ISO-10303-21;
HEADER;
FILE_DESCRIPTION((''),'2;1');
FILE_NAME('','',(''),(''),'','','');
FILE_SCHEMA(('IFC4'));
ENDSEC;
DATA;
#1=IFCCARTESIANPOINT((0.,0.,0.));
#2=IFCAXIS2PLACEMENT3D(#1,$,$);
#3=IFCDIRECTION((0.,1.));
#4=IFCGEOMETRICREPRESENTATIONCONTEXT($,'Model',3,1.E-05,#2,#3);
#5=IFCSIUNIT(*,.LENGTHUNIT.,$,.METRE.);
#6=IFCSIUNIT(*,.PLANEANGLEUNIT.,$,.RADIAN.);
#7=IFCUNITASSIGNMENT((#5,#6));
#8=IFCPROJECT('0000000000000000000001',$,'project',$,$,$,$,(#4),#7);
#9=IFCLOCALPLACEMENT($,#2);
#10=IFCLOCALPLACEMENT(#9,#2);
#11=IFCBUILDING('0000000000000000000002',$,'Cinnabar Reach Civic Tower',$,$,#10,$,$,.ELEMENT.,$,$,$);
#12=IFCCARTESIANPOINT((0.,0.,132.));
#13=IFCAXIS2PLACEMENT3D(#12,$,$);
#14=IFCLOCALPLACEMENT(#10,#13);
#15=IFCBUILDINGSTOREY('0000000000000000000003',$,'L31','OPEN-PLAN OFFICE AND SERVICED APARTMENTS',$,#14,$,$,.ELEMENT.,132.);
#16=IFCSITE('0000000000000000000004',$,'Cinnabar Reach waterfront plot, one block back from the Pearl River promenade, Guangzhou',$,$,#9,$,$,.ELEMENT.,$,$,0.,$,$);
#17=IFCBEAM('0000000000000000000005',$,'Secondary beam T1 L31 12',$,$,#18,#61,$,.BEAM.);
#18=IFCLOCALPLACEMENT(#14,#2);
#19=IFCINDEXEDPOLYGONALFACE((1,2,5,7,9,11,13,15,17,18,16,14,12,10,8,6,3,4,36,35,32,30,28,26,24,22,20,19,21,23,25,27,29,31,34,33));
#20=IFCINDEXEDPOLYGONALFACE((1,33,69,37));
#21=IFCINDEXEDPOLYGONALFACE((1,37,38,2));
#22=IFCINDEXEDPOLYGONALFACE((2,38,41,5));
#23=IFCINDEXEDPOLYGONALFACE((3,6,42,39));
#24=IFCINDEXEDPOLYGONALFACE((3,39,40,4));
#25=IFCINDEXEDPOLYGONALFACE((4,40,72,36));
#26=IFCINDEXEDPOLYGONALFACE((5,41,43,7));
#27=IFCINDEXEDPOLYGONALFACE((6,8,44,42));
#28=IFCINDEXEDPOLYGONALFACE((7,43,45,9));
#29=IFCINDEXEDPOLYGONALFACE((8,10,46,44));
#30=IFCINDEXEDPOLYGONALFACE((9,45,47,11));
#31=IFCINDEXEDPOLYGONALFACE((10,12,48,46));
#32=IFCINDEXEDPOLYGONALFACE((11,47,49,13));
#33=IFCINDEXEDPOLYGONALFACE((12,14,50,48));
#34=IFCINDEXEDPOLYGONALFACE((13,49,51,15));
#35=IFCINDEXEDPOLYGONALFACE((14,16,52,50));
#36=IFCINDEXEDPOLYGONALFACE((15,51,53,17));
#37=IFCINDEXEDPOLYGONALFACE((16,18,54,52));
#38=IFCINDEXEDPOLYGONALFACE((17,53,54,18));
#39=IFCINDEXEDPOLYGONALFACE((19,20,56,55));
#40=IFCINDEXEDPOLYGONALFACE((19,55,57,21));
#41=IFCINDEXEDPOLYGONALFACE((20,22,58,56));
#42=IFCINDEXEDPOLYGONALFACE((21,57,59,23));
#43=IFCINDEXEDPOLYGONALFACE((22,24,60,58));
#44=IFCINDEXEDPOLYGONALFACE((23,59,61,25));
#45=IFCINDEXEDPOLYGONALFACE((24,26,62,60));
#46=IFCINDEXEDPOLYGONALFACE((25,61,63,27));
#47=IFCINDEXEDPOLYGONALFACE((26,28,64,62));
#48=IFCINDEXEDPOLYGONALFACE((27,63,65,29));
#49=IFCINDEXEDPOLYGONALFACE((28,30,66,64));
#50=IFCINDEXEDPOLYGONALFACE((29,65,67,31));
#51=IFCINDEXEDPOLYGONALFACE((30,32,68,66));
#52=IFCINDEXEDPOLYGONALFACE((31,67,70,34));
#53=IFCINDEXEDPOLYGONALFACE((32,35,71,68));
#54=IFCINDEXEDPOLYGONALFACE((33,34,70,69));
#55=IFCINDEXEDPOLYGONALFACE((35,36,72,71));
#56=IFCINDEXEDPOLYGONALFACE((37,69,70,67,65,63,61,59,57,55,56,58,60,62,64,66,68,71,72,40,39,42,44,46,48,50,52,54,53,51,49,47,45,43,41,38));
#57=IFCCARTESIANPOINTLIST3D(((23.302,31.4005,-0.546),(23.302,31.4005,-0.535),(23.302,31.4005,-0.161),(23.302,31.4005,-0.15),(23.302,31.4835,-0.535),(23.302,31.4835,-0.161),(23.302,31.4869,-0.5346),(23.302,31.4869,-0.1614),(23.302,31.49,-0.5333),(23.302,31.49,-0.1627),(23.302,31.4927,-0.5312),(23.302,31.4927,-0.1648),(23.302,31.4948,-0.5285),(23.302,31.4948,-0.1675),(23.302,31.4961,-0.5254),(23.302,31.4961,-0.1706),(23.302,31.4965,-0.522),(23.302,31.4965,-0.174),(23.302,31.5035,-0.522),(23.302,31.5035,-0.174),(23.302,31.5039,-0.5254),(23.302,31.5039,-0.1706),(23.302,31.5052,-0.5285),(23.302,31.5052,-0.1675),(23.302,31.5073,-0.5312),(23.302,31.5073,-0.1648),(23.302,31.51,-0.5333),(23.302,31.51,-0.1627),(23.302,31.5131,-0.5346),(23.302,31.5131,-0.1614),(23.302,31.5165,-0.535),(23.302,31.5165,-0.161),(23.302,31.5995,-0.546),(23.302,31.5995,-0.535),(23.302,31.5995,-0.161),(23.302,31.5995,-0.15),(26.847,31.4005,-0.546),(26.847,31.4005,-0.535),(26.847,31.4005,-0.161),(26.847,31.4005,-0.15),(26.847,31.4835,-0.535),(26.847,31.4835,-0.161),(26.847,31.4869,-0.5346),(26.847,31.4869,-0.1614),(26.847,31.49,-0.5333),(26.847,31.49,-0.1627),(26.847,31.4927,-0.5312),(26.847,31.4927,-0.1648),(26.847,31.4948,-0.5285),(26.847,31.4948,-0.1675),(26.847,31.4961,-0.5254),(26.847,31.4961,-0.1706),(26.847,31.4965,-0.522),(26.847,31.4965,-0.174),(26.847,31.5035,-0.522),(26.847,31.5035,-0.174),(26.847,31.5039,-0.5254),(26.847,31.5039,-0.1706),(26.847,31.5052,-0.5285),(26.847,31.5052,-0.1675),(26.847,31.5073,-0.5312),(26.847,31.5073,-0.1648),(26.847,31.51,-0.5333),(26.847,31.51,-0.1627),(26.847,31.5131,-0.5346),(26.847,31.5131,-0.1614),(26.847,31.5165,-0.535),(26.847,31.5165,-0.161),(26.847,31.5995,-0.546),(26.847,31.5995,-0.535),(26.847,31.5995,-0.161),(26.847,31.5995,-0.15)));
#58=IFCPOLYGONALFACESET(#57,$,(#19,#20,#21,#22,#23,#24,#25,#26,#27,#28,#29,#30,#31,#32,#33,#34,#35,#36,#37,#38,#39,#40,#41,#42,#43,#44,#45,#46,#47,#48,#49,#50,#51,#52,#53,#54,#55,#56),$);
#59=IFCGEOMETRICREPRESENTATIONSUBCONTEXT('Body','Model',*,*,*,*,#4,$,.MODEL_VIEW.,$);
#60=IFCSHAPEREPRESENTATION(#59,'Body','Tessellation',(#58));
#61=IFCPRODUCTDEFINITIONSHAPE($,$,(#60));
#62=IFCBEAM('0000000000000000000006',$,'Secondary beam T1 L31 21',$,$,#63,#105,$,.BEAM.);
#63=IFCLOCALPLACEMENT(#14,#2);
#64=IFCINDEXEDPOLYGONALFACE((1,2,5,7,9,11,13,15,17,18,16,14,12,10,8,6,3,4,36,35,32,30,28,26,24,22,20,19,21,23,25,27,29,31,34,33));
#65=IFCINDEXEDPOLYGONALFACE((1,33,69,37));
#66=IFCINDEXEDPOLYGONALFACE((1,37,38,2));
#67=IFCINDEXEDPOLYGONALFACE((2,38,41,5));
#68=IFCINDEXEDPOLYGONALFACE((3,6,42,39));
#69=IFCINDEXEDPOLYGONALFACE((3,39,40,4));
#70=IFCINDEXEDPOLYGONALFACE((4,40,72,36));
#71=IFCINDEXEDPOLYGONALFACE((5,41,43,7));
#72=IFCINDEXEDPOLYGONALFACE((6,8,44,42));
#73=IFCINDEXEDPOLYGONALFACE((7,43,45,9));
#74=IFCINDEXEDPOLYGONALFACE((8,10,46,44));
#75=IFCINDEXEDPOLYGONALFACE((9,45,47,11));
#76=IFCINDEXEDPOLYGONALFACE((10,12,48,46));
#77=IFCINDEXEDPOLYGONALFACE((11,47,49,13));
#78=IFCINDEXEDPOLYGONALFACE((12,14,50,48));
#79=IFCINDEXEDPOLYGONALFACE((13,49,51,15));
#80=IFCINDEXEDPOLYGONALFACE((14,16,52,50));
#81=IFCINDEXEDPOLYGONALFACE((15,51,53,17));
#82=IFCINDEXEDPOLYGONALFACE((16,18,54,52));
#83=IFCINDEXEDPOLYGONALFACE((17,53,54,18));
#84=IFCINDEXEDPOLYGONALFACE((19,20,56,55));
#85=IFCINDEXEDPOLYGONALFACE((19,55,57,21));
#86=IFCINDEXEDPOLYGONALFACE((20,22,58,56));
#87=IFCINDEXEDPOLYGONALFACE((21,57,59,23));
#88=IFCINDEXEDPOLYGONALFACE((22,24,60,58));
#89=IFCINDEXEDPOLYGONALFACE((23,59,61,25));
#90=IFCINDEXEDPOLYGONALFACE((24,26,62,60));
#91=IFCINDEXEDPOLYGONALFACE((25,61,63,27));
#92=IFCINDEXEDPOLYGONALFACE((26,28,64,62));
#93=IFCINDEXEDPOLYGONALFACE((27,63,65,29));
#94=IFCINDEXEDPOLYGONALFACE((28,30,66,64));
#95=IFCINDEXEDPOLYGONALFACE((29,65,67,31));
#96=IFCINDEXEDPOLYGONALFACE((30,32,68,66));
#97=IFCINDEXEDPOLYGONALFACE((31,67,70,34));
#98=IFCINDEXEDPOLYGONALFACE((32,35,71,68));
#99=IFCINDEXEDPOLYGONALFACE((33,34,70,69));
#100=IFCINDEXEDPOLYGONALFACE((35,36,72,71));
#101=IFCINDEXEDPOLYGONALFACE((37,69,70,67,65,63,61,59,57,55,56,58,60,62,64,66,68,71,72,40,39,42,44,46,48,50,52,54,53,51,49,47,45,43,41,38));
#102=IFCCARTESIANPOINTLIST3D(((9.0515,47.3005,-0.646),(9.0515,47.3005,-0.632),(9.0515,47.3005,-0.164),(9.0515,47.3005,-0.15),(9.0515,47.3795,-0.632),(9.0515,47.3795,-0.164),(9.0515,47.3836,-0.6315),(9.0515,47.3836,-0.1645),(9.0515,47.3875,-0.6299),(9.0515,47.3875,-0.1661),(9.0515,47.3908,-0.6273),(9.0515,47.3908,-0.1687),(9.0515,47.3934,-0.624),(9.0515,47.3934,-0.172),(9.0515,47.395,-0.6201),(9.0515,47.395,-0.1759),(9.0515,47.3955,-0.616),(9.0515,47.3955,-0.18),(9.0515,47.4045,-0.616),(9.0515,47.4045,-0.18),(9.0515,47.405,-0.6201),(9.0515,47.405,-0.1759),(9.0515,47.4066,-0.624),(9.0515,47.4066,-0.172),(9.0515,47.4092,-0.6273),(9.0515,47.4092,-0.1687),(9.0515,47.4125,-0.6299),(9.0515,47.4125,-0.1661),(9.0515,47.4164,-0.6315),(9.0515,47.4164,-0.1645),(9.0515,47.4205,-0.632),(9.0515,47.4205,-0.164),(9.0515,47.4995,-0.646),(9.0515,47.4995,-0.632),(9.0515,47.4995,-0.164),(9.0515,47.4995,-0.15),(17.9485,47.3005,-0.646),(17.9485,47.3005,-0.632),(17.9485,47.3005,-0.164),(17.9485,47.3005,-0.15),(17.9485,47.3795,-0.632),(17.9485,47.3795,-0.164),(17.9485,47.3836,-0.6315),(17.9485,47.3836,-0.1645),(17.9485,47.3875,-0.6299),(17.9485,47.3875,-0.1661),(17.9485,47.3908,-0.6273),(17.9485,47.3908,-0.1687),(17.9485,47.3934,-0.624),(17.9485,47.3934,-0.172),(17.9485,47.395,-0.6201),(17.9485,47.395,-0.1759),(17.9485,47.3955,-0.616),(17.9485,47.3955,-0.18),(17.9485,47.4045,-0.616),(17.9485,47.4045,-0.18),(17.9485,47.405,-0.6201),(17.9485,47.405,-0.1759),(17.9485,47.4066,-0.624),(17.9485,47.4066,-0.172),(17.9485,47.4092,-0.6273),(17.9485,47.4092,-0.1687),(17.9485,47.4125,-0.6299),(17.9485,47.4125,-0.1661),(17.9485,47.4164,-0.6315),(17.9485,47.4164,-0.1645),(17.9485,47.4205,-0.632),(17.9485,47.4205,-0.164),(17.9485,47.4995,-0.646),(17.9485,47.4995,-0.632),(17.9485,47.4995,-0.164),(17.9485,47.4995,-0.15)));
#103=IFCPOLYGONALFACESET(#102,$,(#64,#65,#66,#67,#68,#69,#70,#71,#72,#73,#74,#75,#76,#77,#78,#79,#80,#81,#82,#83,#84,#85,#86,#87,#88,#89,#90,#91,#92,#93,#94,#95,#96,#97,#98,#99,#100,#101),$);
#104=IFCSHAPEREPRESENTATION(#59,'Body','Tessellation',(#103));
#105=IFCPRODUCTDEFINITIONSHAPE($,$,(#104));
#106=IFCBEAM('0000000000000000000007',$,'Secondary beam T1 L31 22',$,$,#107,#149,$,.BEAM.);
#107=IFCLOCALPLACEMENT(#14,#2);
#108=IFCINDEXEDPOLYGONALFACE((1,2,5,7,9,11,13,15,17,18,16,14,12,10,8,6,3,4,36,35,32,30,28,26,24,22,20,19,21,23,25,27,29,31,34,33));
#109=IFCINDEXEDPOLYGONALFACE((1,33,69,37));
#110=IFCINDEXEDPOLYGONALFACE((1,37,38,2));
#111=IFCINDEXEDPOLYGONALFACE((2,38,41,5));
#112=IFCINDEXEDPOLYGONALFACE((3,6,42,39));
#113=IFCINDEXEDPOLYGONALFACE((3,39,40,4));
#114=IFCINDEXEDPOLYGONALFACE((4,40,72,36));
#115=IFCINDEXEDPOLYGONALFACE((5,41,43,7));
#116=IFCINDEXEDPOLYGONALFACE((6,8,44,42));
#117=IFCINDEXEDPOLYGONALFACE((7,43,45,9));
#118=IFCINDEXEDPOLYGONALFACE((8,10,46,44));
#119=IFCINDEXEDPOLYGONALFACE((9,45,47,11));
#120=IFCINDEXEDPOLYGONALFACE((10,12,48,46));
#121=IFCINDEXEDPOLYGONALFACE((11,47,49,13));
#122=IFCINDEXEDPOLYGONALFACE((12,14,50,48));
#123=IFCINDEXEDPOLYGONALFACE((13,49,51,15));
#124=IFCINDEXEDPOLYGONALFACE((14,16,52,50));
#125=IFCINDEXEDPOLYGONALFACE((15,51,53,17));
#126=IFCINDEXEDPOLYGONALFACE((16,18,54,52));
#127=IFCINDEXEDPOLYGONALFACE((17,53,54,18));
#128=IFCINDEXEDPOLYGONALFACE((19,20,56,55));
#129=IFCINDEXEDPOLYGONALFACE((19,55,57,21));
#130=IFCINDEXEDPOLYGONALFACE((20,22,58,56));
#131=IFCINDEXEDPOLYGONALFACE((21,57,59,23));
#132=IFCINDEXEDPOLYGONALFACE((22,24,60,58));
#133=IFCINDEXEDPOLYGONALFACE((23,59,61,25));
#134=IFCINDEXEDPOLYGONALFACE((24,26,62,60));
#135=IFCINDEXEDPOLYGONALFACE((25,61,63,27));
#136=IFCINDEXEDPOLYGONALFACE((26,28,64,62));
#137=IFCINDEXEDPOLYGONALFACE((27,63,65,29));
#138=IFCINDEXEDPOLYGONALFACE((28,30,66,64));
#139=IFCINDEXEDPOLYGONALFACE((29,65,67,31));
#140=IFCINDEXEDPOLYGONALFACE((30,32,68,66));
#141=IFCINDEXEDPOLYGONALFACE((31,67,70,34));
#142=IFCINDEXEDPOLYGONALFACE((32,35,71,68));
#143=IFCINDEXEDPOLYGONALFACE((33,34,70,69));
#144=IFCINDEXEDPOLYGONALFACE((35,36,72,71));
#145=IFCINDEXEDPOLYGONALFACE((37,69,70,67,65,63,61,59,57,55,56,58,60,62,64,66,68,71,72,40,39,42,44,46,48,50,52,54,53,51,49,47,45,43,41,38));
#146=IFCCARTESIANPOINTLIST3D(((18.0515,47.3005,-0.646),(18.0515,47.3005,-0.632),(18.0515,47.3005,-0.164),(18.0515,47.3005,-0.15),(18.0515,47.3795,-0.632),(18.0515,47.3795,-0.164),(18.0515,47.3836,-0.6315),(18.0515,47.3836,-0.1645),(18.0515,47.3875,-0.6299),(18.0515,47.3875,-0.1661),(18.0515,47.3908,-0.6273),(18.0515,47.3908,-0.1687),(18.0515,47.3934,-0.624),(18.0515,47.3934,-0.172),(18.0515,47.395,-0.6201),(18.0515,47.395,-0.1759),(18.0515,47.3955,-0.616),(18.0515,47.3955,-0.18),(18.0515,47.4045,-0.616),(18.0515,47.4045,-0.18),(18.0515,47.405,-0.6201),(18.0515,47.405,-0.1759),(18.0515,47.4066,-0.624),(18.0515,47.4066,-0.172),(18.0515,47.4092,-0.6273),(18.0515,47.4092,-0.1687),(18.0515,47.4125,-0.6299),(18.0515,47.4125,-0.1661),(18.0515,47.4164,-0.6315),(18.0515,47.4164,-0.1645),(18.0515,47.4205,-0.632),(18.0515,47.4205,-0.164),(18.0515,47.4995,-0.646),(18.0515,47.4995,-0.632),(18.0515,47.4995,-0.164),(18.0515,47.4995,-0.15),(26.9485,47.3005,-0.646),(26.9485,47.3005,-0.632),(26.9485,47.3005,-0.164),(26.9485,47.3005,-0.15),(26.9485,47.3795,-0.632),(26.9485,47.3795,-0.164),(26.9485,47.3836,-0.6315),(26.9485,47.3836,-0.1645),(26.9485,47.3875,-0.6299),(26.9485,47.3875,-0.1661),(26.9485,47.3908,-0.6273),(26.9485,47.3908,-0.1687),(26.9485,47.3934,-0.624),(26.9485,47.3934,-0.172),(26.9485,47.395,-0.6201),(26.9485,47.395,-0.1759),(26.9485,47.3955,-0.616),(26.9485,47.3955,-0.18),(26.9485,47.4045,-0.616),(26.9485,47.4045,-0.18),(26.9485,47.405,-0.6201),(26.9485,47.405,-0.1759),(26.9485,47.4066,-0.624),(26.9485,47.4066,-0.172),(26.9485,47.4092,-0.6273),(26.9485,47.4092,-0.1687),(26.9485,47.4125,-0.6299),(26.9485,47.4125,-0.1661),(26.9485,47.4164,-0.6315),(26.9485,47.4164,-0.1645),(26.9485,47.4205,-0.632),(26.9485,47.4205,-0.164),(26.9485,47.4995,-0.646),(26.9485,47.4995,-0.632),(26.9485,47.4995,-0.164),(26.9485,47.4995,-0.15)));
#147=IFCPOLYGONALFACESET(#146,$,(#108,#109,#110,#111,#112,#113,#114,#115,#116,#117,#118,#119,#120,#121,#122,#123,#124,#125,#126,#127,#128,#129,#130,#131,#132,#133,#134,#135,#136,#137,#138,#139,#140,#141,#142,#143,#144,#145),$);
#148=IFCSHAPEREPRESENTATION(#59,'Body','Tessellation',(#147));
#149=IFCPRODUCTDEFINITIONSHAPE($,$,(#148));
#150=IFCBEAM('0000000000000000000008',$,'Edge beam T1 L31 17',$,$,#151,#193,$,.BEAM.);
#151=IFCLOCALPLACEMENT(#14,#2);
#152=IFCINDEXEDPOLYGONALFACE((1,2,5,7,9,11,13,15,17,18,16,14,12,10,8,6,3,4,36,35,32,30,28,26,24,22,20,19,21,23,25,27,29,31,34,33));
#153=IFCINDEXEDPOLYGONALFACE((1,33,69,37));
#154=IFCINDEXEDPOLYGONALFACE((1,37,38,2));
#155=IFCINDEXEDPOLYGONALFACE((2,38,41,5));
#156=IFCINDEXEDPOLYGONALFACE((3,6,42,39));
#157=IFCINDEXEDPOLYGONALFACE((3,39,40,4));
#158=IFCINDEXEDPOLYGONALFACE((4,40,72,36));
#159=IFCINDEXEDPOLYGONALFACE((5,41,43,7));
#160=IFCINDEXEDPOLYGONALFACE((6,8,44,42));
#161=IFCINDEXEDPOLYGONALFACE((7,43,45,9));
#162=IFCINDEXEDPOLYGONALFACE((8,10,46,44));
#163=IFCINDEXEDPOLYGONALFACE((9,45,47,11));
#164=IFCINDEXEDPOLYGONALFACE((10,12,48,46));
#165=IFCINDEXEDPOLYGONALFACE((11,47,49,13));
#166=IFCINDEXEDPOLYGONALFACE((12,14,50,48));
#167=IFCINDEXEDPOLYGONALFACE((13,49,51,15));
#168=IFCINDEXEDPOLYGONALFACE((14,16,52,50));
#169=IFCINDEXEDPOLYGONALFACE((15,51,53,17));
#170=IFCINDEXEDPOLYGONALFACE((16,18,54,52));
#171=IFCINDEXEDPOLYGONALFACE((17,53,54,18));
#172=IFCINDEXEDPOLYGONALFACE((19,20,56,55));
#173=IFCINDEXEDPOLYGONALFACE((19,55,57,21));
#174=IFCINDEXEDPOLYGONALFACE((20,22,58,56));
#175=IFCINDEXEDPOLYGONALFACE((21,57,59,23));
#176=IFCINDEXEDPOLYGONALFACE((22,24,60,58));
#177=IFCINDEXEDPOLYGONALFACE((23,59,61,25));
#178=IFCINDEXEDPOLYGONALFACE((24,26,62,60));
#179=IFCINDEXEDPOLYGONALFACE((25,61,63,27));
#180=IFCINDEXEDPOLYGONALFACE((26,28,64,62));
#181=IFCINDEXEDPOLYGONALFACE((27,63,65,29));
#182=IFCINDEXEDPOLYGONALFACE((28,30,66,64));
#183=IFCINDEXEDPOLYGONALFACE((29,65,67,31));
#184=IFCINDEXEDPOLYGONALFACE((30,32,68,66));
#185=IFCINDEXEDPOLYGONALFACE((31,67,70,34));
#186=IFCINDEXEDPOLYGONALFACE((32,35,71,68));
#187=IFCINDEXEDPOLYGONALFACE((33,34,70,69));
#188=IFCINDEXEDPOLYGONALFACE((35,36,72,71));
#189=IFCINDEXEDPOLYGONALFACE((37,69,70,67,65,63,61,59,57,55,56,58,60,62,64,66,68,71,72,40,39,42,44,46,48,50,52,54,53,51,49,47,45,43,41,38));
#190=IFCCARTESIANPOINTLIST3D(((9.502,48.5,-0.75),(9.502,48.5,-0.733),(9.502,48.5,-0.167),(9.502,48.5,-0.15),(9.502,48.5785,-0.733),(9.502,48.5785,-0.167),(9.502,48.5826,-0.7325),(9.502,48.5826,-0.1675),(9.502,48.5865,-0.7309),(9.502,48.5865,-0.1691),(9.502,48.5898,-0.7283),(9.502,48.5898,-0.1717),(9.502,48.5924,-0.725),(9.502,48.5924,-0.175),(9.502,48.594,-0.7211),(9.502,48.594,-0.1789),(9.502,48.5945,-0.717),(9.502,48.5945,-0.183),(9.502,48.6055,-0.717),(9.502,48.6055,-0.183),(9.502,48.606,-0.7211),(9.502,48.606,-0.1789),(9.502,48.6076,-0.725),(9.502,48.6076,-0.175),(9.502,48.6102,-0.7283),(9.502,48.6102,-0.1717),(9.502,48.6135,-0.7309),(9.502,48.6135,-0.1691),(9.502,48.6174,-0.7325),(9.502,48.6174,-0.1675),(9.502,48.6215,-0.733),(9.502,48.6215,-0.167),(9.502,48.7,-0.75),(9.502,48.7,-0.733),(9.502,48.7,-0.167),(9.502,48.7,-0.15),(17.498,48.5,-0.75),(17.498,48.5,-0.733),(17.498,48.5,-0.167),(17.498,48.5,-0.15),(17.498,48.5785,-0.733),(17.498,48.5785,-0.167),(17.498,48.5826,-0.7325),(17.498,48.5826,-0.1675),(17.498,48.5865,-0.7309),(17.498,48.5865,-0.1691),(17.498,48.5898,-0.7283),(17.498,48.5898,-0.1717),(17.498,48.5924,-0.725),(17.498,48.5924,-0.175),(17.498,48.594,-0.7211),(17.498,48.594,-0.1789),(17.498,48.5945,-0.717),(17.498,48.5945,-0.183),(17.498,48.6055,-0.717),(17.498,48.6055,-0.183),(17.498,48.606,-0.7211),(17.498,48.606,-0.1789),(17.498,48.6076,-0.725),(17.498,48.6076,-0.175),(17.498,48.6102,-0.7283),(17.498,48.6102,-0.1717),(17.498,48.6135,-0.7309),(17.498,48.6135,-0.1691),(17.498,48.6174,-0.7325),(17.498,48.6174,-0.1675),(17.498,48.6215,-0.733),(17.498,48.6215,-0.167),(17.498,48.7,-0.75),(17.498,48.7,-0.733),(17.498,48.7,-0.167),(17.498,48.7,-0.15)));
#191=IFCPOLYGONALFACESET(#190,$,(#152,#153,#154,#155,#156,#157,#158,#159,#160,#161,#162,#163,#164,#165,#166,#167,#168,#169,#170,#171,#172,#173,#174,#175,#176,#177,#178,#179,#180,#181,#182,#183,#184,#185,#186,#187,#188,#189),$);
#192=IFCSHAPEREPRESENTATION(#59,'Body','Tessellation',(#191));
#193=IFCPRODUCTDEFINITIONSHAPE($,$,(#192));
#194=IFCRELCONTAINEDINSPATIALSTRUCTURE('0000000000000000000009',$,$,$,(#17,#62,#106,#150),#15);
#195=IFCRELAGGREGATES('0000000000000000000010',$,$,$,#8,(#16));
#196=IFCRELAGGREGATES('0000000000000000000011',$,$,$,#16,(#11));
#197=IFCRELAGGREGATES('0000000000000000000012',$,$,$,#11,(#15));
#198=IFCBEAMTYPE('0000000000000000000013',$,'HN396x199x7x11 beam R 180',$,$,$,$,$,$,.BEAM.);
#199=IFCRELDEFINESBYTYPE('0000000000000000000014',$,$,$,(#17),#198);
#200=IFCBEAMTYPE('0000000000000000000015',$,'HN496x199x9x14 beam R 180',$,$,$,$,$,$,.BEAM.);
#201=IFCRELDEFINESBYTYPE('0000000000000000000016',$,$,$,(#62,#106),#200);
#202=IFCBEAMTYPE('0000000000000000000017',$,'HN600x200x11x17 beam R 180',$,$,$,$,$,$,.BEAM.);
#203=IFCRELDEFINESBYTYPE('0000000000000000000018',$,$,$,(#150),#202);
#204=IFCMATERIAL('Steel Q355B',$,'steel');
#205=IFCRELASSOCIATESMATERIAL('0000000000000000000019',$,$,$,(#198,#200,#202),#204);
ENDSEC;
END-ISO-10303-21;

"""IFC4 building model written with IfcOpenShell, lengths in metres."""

from ifc_helpers import new_model, si_unit, direction, frame, origin, origin_2d, place, context, subcontext, project, spatial, i_section, extrude, material, material_profile, profile_set, type_object, element, save


model = new_model("IFC4")

# Units and contexts
model_context = context("Model", 3, precision=1e-05, world=origin(), true_north=direction((0.0, 1.0)))
body_context = subcontext(model_context, "Body", "Model", "MODEL_VIEW")
ifc_project = project(units=[si_unit("LENGTHUNIT", "METRE"), si_unit("PLANEANGLEUNIT", "RADIAN")], contexts=[model_context])

# Site, building, storey
site_placement = place(None, origin())
site = spatial("IfcSite", under=ifc_project, at=site_placement, Name="Cinnabar Reach waterfront plot, one block back from the Pearl River promenade, Guangzhou", CompositionType="ELEMENT", RefElevation=0.0)
building_placement = place(site_placement, origin())
building = spatial("IfcBuilding", under=site, at=building_placement, Name="Cinnabar Reach Civic Tower", CompositionType="ELEMENT")
storey_placement = place(building_placement, frame((0.0, 0.0, 132.0)))
storey = spatial("IfcBuildingStorey", under=building, at=storey_placement, Name="L31", Description="OPEN-PLAN OFFICE AND SERVICED APARTMENTS", CompositionType="ELEMENT", Elevation=132.0)

# Beams
ifc_material_1 = material(Name="Steel Q355B", Category="steel")
ifc_material_profile_1 = material_profile(ifc_material_1, i_section(OverallWidth=0.199, OverallDepth=0.396, WebThickness=0.007, FlangeThickness=0.011, FilletRadius=0.013, at=origin_2d()), Name="HN396x199x7x11")
ifc_profile_set_1 = profile_set([ifc_material_profile_1], Name="Steel Q355B")
beam_type_1 = type_object("IfcBeamType", Name="HN396x199x7x11 beam R 180", PredefinedType="BEAM", material=ifc_profile_set_1)
beam_1_placement = place(storey_placement, frame((23.302, 31.5, -0.348), z_axis=(1.0, 0.0, 0.0), x_axis=(0.0, 1.0, 0.0)))
element("IfcBeam", 1, at=beam_1_placement, inside=storey, type_object=beam_type_1, Name="Secondary beam T1 L31 12", PredefinedType="BEAM", context=body_context, shape_type="SweptSolid", body=[
    extrude(i_section(OverallWidth=0.199, OverallDepth=0.396, WebThickness=0.007, FlangeThickness=0.011, FilletRadius=0.013, at=origin_2d()), origin(), (0.0, 0.0, 1.0), 3.545),
])
ifc_material_profile_2 = material_profile(ifc_material_1, i_section(OverallWidth=0.199, OverallDepth=0.496, WebThickness=0.009, FlangeThickness=0.014, FilletRadius=0.016, at=origin_2d()), Name="HN496x199x9x14")
ifc_profile_set_2 = profile_set([ifc_material_profile_2], Name="Steel Q355B")
beam_type_2 = type_object("IfcBeamType", Name="HN496x199x9x14 beam R 180", PredefinedType="BEAM", material=ifc_profile_set_2)
for number, where, z_axis, x_axis, name in (
    (2, (9.0515, 47.4, -0.398), (1.0, 0.0, 0.0), (0.0, 1.0, 0.0), "Secondary beam T1 L31 21"),
    (3, (18.0515, 47.4, -0.398), (1.0, 0.0, 0.0), (0.0, 1.0, 0.0), "Secondary beam T1 L31 22"),
):
    element("IfcBeam", number, at=place(storey_placement, frame(where, z_axis=z_axis, x_axis=x_axis)), inside=storey, type_object=beam_type_2, Name=name, PredefinedType="BEAM", context=body_context, shape_type="SweptSolid", body=[
        extrude(i_section(OverallWidth=0.199, OverallDepth=0.496, WebThickness=0.009, FlangeThickness=0.014, FilletRadius=0.016, at=origin_2d()), origin(), (0.0, 0.0, 1.0), 8.897),
    ])
ifc_material_profile_3 = material_profile(ifc_material_1, i_section(OverallWidth=0.2, OverallDepth=0.6, WebThickness=0.011, FlangeThickness=0.017, FilletRadius=0.016, at=origin_2d()), Name="HN600x200x11x17")
ifc_profile_set_3 = profile_set([ifc_material_profile_3], Name="Steel Q355B")
beam_type_3 = type_object("IfcBeamType", Name="HN600x200x11x17 beam R 180", PredefinedType="BEAM", material=ifc_profile_set_3)
beam_2_placement = place(storey_placement, frame((17.498, 48.6, -0.45), z_axis=(-1.0, 0.0, 0.0), x_axis=(0.0, -1.0, 0.0)))
element("IfcBeam", 4, at=beam_2_placement, inside=storey, type_object=beam_type_3, Name="Edge beam T1 L31 17", PredefinedType="BEAM", context=body_context, shape_type="SweptSolid", body=[
    extrude(i_section(OverallWidth=0.2, OverallDepth=0.6, WebThickness=0.011, FlangeThickness=0.017, FilletRadius=0.016, at=origin_2d()), origin(), (0.0, 0.0, 1.0), 7.996),
])

save(model, "model.ifc")
